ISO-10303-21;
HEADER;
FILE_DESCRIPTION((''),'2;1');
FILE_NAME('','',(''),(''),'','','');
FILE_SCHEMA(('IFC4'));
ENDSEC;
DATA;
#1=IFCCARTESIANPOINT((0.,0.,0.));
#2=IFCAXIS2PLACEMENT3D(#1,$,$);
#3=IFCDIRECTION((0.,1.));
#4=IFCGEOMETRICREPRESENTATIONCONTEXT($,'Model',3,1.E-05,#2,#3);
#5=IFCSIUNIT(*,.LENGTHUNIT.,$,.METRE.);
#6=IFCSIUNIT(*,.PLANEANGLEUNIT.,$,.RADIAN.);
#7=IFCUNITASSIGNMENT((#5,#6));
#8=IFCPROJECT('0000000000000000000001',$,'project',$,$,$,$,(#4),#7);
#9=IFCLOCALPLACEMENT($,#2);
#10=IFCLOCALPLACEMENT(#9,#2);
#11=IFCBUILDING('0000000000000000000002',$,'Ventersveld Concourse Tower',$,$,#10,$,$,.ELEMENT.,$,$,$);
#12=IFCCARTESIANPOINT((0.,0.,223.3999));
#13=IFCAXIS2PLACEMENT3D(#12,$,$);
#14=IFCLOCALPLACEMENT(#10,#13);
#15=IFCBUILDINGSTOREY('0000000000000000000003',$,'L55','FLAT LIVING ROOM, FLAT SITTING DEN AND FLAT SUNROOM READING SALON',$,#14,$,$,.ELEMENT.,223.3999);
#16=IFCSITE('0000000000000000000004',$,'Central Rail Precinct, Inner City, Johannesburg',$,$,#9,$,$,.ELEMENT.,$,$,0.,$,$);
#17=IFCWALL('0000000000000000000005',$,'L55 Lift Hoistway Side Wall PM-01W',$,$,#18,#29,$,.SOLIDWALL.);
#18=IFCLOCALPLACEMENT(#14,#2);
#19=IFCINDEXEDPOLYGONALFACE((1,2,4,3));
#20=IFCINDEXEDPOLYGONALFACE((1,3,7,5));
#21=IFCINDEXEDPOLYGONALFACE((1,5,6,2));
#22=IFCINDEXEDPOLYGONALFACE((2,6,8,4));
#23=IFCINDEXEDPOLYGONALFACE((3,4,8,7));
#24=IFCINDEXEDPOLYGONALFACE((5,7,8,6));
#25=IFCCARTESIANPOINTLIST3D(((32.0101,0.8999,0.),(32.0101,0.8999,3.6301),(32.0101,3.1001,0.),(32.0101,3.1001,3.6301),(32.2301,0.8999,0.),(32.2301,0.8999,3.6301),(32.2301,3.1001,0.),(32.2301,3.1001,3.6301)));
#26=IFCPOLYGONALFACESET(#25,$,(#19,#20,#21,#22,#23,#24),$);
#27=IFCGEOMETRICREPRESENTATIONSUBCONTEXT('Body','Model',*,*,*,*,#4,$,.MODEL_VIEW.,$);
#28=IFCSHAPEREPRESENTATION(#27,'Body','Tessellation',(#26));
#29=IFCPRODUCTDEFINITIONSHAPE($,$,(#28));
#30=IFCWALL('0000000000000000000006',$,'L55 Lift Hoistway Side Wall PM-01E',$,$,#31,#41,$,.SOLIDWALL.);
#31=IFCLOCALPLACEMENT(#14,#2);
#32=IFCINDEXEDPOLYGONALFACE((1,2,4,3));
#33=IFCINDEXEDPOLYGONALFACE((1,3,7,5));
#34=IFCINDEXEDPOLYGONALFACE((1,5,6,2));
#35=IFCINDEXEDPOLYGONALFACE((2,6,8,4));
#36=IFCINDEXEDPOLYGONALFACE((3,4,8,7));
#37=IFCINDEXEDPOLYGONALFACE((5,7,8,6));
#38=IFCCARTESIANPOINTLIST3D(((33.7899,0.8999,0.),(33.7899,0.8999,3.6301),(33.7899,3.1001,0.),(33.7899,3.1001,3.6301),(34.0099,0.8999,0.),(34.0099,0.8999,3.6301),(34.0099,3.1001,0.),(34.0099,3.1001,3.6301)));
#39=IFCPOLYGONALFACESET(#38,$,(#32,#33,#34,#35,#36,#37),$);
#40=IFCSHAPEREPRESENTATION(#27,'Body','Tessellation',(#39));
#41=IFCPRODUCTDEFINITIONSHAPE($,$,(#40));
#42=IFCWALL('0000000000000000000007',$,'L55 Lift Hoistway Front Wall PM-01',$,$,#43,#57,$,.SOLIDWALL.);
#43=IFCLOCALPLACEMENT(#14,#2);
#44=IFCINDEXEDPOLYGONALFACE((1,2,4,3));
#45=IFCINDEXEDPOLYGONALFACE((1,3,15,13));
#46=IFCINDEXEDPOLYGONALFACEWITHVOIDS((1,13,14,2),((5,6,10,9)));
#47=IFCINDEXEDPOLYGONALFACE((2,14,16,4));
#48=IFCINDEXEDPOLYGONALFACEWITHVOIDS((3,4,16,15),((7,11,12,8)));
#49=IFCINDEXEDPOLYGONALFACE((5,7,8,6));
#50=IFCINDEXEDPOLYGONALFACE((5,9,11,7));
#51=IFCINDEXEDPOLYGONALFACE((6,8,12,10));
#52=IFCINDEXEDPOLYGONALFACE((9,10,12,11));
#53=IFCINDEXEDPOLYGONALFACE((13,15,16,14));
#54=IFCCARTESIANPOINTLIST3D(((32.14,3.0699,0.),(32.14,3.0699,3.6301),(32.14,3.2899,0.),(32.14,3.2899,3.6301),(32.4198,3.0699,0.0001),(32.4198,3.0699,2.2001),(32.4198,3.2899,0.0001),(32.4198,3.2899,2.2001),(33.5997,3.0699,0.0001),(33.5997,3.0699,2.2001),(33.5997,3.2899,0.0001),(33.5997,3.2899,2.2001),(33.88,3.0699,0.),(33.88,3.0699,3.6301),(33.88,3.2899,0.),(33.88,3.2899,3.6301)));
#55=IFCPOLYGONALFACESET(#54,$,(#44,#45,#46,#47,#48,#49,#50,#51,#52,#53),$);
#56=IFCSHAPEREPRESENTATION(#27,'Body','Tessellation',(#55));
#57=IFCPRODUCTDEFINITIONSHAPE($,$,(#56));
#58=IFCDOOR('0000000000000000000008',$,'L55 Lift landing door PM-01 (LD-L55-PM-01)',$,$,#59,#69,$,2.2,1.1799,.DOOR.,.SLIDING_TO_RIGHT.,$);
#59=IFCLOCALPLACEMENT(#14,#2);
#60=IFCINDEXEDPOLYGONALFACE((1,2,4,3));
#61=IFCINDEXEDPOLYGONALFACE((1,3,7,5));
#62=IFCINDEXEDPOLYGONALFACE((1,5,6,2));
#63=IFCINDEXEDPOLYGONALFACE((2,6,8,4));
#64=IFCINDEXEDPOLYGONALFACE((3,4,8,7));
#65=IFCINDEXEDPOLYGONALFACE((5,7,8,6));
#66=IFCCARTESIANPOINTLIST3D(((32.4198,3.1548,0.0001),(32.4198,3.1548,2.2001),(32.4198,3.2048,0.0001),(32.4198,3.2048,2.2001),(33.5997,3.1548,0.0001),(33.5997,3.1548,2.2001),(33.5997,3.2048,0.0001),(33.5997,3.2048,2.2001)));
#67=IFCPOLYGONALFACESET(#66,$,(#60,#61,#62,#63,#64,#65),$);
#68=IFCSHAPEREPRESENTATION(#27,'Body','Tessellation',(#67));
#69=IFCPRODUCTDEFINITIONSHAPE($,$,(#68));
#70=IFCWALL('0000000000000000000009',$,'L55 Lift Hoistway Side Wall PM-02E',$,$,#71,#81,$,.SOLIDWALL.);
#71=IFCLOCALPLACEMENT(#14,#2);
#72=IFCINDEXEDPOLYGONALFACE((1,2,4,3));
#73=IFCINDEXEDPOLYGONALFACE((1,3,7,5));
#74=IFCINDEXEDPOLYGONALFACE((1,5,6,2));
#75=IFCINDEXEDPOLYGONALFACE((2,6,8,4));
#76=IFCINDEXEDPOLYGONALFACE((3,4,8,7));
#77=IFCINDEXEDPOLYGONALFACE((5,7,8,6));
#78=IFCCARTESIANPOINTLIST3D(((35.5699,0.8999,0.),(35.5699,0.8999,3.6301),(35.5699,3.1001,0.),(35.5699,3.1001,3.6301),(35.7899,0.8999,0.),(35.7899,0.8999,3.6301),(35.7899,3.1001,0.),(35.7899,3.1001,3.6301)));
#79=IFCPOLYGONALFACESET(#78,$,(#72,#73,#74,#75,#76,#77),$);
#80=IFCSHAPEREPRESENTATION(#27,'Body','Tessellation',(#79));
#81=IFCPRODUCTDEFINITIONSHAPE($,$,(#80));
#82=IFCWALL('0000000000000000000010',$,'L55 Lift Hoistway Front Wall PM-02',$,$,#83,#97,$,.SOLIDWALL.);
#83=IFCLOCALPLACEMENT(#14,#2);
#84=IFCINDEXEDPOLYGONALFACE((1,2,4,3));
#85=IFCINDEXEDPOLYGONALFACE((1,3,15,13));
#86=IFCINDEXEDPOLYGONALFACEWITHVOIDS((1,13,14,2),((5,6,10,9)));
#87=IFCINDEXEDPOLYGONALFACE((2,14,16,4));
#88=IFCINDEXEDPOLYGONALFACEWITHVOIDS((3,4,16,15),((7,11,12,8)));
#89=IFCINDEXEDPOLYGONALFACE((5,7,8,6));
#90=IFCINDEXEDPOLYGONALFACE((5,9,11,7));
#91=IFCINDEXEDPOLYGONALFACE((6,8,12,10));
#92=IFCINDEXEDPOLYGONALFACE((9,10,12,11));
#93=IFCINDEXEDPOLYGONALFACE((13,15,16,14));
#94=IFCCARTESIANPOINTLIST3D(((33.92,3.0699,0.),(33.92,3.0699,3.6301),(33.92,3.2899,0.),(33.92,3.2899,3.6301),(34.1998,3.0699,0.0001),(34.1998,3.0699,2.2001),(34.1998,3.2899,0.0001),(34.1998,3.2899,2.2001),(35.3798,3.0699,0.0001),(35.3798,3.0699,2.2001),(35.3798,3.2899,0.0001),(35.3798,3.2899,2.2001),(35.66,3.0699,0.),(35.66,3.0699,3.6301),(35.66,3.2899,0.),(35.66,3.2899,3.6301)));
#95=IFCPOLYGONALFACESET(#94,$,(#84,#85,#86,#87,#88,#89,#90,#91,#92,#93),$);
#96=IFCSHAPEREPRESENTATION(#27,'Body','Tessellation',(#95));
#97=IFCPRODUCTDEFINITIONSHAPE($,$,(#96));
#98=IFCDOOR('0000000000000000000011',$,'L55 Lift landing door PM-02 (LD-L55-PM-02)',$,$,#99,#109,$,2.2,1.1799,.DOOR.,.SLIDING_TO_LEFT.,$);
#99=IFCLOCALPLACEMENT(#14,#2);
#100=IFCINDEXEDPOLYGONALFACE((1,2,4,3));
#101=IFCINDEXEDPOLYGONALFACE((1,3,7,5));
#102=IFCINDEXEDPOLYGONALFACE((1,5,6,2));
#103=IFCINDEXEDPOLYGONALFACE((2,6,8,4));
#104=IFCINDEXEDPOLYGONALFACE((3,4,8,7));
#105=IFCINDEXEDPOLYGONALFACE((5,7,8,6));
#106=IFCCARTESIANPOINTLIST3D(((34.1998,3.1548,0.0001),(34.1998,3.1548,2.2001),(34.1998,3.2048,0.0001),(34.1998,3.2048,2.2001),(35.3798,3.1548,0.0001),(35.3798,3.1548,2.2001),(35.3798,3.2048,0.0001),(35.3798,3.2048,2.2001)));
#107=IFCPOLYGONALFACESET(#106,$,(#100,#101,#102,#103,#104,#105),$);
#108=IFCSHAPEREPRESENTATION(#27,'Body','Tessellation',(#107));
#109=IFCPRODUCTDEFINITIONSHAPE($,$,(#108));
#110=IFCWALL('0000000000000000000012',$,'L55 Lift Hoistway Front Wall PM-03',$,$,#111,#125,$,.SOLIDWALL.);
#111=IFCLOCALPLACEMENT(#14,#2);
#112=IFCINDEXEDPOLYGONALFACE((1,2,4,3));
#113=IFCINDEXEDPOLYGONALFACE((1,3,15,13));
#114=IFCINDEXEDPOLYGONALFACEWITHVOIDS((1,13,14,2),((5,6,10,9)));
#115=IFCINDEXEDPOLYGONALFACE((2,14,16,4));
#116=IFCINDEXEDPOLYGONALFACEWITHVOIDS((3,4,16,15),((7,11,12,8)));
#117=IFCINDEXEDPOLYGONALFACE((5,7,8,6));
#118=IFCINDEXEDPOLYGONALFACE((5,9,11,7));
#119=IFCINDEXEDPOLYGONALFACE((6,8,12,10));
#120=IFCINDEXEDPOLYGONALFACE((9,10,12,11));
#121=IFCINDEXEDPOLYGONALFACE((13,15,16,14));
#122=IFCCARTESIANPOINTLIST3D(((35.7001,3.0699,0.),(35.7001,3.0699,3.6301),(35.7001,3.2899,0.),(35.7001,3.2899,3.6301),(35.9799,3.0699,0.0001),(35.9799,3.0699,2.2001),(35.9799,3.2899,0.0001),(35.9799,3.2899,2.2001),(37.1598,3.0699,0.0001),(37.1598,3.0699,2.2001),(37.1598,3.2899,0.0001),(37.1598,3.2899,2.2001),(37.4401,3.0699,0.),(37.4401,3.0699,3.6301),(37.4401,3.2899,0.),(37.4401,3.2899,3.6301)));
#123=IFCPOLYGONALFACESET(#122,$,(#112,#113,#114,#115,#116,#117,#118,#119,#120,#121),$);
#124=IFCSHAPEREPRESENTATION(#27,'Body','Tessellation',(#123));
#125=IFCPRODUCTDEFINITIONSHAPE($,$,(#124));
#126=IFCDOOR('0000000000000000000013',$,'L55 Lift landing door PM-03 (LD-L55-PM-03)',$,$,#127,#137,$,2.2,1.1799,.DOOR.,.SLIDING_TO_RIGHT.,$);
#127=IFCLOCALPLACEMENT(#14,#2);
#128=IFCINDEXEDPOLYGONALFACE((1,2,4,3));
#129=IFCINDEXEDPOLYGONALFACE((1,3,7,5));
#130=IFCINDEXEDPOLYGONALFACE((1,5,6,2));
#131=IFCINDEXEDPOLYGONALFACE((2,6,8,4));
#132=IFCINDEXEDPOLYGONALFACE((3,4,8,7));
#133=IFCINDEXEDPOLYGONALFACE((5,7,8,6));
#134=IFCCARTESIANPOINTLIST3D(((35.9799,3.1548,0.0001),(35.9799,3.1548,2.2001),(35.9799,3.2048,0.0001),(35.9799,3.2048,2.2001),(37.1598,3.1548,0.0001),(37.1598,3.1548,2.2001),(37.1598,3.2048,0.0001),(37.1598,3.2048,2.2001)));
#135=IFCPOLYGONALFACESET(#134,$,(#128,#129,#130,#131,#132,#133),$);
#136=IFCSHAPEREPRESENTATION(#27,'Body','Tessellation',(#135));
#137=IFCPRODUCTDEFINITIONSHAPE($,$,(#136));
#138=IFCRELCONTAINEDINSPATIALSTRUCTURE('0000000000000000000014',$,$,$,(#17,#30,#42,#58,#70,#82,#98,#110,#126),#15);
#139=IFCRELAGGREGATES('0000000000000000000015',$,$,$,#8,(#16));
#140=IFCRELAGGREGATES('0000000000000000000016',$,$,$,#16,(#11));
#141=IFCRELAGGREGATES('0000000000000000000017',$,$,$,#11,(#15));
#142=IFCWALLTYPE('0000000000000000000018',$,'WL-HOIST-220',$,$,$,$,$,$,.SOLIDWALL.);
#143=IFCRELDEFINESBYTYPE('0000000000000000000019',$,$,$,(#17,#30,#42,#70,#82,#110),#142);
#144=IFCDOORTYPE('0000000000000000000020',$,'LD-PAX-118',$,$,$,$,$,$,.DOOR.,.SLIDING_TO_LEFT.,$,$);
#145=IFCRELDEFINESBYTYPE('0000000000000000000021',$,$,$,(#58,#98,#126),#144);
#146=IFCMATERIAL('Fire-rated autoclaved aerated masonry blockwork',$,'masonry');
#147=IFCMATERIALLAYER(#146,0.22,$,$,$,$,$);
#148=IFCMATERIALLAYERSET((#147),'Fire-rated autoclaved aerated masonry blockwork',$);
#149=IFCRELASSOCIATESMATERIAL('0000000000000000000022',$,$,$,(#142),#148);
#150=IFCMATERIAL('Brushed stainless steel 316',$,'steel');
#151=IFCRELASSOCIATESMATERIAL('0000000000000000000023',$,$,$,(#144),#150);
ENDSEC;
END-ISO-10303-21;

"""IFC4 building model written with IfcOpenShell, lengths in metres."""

from ifc_helpers import new_model, si_unit, direction, frame, frame_2d, origin, place, context, subcontext, project, spatial, rectangle, extrude, material, layer, layer_set, type_object, element, fill, save


model = new_model("IFC4")

# Units and contexts
model_context = context("Model", 3, precision=1e-05, world=origin(), true_north=direction((0.0, 1.0)))
body_context = subcontext(model_context, "Body", "Model", "MODEL_VIEW")
ifc_project = project(units=[si_unit("LENGTHUNIT", "METRE"), si_unit("PLANEANGLEUNIT", "RADIAN")], contexts=[model_context])

# Site, building, storey
site_placement = place(None, origin())
site = spatial("IfcSite", under=ifc_project, at=site_placement, Name="Central Rail Precinct, Inner City, Johannesburg", CompositionType="ELEMENT", RefElevation=0.0)
building_placement = place(site_placement, origin())
building = spatial("IfcBuilding", under=site, at=building_placement, Name="Ventersveld Concourse Tower", CompositionType="ELEMENT")
storey_placement = place(building_placement, frame((0.0, 0.0, 223.3999)))
storey = spatial("IfcBuildingStorey", under=building, at=storey_placement, Name="L55", Description="FLAT LIVING ROOM, FLAT SITTING DEN AND FLAT SUNROOM READING SALON", CompositionType="ELEMENT", Elevation=223.3999)

# Walls
ifc_material_1 = material(Name="Fire-rated autoclaved aerated masonry blockwork", Category="masonry")
ifc_layer_1 = layer(ifc_material_1, 0.22)
ifc_layer_set_1 = layer_set([ifc_layer_1], Name="Fire-rated autoclaved aerated masonry blockwork")
wall_type_1 = type_object("IfcWallType", Name="WL-HOIST-220", PredefinedType="SOLIDWALL", material=ifc_layer_set_1)
for number, where, z_axis, x_axis, name in (
    (1, (32.1201, 0.8999, 0.0), (0.0, 0.0, 1.0), (0.0, 1.0, 0.0), "L55 Lift Hoistway Side Wall PM-01W"),
    (2, (33.8999, 0.8999, 0.0), (0.0, 0.0, 1.0), (0.0, 1.0, 0.0), "L55 Lift Hoistway Side Wall PM-01E"),
):
    element("IfcWall", number, at=place(storey_placement, frame(where, z_axis=z_axis, x_axis=x_axis)), inside=storey, type_object=wall_type_1, Name=name, PredefinedType="SOLIDWALL", context=body_context, shape_type="SweptSolid", body=[
        extrude(rectangle(XDim=2.2002, YDim=0.22, at=frame_2d((1.1001, 0.0))), origin(), (0.0, 0.0, 1.0), 3.6301),
    ])

# Wall, opening, door
wall_1_placement = place(storey_placement, frame((32.1399, 3.1799, 0.0), z_axis=(0.0, 0.0, 1.0), x_axis=(1.0, 0.0, 0.0)))
wall_1 = element("IfcWall", 3, at=wall_1_placement, inside=storey, type_object=wall_type_1, Name="L55 Lift Hoistway Front Wall PM-01", PredefinedType="SOLIDWALL", context=body_context, shape_type="SweptSolid", body=[
    extrude(rectangle(XDim=1.74, YDim=0.22, at=frame_2d((0.8701, 0.0))), origin(), (0.0, 0.0, 1.0), 3.6301),
])
opening_1_placement = place(wall_1_placement, frame((0.28, 0.0, 0.0)))
opening_1 = element("IfcOpeningElement", 4, at=opening_1_placement, cuts=wall_1, PredefinedType="OPENING", context=body_context, shape_type="SweptSolid", body=[
    extrude(rectangle(XDim=1.1799, YDim=2.2, at=frame_2d((0.5898, 1.1001))), frame((0.0, 0.1201, 0.0), z_axis=(0.0, -1.0, 0.0), x_axis=(1.0, 0.0, 0.0)), (0.0, 0.0, 1.0), 0.24),
])
ifc_material_2 = material(Name="Brushed stainless steel 316", Category="steel")
door_type = type_object("IfcDoorType", Name="LD-PAX-118", OperationType="SLIDING_TO_LEFT", PredefinedType="DOOR", material=ifc_material_2)
door_1_placement = place(opening_1_placement, origin())
door_1 = element("IfcDoor", 5, at=door_1_placement, inside=storey, type_object=door_type, Name="L55 Lift landing door PM-01 (LD-L55-PM-01)", OperationType="SLIDING_TO_RIGHT", OverallHeight=2.2, OverallWidth=1.1799, PredefinedType="DOOR", context=body_context, shape_type="SweptSolid", body=[
    extrude(rectangle(XDim=1.1799, YDim=2.2, at=frame_2d((0.5898, 1.1001))), frame((0.0, 0.0249, 0.0), z_axis=(0.0, -1.0, 0.0), x_axis=(1.0, 0.0, 0.0)), (0.0, 0.0, 1.0), 0.05),
])
fill(opening_1, door_1)

# Wall
wall_2_placement = place(storey_placement, frame((35.6799, 0.8999, 0.0), z_axis=(0.0, 0.0, 1.0), x_axis=(0.0, 1.0, 0.0)))
element("IfcWall", 6, at=wall_2_placement, inside=storey, type_object=wall_type_1, Name="L55 Lift Hoistway Side Wall PM-02E", PredefinedType="SOLIDWALL", context=body_context, shape_type="SweptSolid", body=[
    extrude(rectangle(XDim=2.2002, YDim=0.22, at=frame_2d((1.1001, 0.0))), origin(), (0.0, 0.0, 1.0), 3.6301),
])

# Walls, openings, doors
wall_3_placement = place(storey_placement, frame((33.9199, 3.1799, 0.0), z_axis=(0.0, 0.0, 1.0), x_axis=(1.0, 0.0, 0.0)))
wall_3 = element("IfcWall", 7, at=wall_3_placement, inside=storey, type_object=wall_type_1, Name="L55 Lift Hoistway Front Wall PM-02", PredefinedType="SOLIDWALL", context=body_context, shape_type="SweptSolid", body=[
    extrude(rectangle(XDim=1.74, YDim=0.22, at=frame_2d((0.8701, 0.0))), origin(), (0.0, 0.0, 1.0), 3.6301),
])
opening_2_placement = place(wall_3_placement, frame((0.28, 0.0, 0.0)))
opening_2 = element("IfcOpeningElement", 8, at=opening_2_placement, cuts=wall_3, PredefinedType="OPENING", context=body_context, shape_type="SweptSolid", body=[
    extrude(rectangle(XDim=1.1799, YDim=2.2, at=frame_2d((0.5898, 1.1001))), frame((0.0, 0.1201, 0.0), z_axis=(0.0, -1.0, 0.0), x_axis=(1.0, 0.0, 0.0)), (0.0, 0.0, 1.0), 0.24),
])
door_2_placement = place(opening_2_placement, origin())
door_2 = element("IfcDoor", 9, at=door_2_placement, inside=storey, type_object=door_type, Name="L55 Lift landing door PM-02 (LD-L55-PM-02)", OperationType="SLIDING_TO_LEFT", OverallHeight=2.2, OverallWidth=1.1799, PredefinedType="DOOR", context=body_context, shape_type="SweptSolid", body=[
    extrude(rectangle(XDim=1.1799, YDim=2.2, at=frame_2d((0.5898, 1.1001))), frame((0.0, 0.0249, 0.0), z_axis=(0.0, -1.0, 0.0), x_axis=(1.0, 0.0, 0.0)), (0.0, 0.0, 1.0), 0.05),
])
fill(opening_2, door_2)
wall_4_placement = place(storey_placement, frame((35.7, 3.1799, 0.0), z_axis=(0.0, 0.0, 1.0), x_axis=(1.0, 0.0, 0.0)))
wall_4 = element("IfcWall", 10, at=wall_4_placement, inside=storey, type_object=wall_type_1, Name="L55 Lift Hoistway Front Wall PM-03", PredefinedType="SOLIDWALL", context=body_context, shape_type="SweptSolid", body=[
    extrude(rectangle(XDim=1.74, YDim=0.22, at=frame_2d((0.8701, 0.0))), origin(), (0.0, 0.0, 1.0), 3.6301),
])
opening_3_placement = place(wall_4_placement, frame((0.28, 0.0, 0.0)))
opening_3 = element("IfcOpeningElement", 11, at=opening_3_placement, cuts=wall_4, PredefinedType="OPENING", context=body_context, shape_type="SweptSolid", body=[
    extrude(rectangle(XDim=1.1799, YDim=2.2, at=frame_2d((0.5898, 1.1001))), frame((0.0, 0.1201, 0.0), z_axis=(0.0, -1.0, 0.0), x_axis=(1.0, 0.0, 0.0)), (0.0, 0.0, 1.0), 0.24),
])
door_3_placement = place(opening_3_placement, origin())
door_3 = element("IfcDoor", 12, at=door_3_placement, inside=storey, type_object=door_type, Name="L55 Lift landing door PM-03 (LD-L55-PM-03)", OperationType="SLIDING_TO_RIGHT", OverallHeight=2.2, OverallWidth=1.1799, PredefinedType="DOOR", context=body_context, shape_type="SweptSolid", body=[
    extrude(rectangle(XDim=1.1799, YDim=2.2, at=frame_2d((0.5898, 1.1001))), frame((0.0, 0.0249, 0.0), z_axis=(0.0, -1.0, 0.0), x_axis=(1.0, 0.0, 0.0)), (0.0, 0.0, 1.0), 0.05),
])
fill(opening_3, door_3)

save(model, "model.ifc")
